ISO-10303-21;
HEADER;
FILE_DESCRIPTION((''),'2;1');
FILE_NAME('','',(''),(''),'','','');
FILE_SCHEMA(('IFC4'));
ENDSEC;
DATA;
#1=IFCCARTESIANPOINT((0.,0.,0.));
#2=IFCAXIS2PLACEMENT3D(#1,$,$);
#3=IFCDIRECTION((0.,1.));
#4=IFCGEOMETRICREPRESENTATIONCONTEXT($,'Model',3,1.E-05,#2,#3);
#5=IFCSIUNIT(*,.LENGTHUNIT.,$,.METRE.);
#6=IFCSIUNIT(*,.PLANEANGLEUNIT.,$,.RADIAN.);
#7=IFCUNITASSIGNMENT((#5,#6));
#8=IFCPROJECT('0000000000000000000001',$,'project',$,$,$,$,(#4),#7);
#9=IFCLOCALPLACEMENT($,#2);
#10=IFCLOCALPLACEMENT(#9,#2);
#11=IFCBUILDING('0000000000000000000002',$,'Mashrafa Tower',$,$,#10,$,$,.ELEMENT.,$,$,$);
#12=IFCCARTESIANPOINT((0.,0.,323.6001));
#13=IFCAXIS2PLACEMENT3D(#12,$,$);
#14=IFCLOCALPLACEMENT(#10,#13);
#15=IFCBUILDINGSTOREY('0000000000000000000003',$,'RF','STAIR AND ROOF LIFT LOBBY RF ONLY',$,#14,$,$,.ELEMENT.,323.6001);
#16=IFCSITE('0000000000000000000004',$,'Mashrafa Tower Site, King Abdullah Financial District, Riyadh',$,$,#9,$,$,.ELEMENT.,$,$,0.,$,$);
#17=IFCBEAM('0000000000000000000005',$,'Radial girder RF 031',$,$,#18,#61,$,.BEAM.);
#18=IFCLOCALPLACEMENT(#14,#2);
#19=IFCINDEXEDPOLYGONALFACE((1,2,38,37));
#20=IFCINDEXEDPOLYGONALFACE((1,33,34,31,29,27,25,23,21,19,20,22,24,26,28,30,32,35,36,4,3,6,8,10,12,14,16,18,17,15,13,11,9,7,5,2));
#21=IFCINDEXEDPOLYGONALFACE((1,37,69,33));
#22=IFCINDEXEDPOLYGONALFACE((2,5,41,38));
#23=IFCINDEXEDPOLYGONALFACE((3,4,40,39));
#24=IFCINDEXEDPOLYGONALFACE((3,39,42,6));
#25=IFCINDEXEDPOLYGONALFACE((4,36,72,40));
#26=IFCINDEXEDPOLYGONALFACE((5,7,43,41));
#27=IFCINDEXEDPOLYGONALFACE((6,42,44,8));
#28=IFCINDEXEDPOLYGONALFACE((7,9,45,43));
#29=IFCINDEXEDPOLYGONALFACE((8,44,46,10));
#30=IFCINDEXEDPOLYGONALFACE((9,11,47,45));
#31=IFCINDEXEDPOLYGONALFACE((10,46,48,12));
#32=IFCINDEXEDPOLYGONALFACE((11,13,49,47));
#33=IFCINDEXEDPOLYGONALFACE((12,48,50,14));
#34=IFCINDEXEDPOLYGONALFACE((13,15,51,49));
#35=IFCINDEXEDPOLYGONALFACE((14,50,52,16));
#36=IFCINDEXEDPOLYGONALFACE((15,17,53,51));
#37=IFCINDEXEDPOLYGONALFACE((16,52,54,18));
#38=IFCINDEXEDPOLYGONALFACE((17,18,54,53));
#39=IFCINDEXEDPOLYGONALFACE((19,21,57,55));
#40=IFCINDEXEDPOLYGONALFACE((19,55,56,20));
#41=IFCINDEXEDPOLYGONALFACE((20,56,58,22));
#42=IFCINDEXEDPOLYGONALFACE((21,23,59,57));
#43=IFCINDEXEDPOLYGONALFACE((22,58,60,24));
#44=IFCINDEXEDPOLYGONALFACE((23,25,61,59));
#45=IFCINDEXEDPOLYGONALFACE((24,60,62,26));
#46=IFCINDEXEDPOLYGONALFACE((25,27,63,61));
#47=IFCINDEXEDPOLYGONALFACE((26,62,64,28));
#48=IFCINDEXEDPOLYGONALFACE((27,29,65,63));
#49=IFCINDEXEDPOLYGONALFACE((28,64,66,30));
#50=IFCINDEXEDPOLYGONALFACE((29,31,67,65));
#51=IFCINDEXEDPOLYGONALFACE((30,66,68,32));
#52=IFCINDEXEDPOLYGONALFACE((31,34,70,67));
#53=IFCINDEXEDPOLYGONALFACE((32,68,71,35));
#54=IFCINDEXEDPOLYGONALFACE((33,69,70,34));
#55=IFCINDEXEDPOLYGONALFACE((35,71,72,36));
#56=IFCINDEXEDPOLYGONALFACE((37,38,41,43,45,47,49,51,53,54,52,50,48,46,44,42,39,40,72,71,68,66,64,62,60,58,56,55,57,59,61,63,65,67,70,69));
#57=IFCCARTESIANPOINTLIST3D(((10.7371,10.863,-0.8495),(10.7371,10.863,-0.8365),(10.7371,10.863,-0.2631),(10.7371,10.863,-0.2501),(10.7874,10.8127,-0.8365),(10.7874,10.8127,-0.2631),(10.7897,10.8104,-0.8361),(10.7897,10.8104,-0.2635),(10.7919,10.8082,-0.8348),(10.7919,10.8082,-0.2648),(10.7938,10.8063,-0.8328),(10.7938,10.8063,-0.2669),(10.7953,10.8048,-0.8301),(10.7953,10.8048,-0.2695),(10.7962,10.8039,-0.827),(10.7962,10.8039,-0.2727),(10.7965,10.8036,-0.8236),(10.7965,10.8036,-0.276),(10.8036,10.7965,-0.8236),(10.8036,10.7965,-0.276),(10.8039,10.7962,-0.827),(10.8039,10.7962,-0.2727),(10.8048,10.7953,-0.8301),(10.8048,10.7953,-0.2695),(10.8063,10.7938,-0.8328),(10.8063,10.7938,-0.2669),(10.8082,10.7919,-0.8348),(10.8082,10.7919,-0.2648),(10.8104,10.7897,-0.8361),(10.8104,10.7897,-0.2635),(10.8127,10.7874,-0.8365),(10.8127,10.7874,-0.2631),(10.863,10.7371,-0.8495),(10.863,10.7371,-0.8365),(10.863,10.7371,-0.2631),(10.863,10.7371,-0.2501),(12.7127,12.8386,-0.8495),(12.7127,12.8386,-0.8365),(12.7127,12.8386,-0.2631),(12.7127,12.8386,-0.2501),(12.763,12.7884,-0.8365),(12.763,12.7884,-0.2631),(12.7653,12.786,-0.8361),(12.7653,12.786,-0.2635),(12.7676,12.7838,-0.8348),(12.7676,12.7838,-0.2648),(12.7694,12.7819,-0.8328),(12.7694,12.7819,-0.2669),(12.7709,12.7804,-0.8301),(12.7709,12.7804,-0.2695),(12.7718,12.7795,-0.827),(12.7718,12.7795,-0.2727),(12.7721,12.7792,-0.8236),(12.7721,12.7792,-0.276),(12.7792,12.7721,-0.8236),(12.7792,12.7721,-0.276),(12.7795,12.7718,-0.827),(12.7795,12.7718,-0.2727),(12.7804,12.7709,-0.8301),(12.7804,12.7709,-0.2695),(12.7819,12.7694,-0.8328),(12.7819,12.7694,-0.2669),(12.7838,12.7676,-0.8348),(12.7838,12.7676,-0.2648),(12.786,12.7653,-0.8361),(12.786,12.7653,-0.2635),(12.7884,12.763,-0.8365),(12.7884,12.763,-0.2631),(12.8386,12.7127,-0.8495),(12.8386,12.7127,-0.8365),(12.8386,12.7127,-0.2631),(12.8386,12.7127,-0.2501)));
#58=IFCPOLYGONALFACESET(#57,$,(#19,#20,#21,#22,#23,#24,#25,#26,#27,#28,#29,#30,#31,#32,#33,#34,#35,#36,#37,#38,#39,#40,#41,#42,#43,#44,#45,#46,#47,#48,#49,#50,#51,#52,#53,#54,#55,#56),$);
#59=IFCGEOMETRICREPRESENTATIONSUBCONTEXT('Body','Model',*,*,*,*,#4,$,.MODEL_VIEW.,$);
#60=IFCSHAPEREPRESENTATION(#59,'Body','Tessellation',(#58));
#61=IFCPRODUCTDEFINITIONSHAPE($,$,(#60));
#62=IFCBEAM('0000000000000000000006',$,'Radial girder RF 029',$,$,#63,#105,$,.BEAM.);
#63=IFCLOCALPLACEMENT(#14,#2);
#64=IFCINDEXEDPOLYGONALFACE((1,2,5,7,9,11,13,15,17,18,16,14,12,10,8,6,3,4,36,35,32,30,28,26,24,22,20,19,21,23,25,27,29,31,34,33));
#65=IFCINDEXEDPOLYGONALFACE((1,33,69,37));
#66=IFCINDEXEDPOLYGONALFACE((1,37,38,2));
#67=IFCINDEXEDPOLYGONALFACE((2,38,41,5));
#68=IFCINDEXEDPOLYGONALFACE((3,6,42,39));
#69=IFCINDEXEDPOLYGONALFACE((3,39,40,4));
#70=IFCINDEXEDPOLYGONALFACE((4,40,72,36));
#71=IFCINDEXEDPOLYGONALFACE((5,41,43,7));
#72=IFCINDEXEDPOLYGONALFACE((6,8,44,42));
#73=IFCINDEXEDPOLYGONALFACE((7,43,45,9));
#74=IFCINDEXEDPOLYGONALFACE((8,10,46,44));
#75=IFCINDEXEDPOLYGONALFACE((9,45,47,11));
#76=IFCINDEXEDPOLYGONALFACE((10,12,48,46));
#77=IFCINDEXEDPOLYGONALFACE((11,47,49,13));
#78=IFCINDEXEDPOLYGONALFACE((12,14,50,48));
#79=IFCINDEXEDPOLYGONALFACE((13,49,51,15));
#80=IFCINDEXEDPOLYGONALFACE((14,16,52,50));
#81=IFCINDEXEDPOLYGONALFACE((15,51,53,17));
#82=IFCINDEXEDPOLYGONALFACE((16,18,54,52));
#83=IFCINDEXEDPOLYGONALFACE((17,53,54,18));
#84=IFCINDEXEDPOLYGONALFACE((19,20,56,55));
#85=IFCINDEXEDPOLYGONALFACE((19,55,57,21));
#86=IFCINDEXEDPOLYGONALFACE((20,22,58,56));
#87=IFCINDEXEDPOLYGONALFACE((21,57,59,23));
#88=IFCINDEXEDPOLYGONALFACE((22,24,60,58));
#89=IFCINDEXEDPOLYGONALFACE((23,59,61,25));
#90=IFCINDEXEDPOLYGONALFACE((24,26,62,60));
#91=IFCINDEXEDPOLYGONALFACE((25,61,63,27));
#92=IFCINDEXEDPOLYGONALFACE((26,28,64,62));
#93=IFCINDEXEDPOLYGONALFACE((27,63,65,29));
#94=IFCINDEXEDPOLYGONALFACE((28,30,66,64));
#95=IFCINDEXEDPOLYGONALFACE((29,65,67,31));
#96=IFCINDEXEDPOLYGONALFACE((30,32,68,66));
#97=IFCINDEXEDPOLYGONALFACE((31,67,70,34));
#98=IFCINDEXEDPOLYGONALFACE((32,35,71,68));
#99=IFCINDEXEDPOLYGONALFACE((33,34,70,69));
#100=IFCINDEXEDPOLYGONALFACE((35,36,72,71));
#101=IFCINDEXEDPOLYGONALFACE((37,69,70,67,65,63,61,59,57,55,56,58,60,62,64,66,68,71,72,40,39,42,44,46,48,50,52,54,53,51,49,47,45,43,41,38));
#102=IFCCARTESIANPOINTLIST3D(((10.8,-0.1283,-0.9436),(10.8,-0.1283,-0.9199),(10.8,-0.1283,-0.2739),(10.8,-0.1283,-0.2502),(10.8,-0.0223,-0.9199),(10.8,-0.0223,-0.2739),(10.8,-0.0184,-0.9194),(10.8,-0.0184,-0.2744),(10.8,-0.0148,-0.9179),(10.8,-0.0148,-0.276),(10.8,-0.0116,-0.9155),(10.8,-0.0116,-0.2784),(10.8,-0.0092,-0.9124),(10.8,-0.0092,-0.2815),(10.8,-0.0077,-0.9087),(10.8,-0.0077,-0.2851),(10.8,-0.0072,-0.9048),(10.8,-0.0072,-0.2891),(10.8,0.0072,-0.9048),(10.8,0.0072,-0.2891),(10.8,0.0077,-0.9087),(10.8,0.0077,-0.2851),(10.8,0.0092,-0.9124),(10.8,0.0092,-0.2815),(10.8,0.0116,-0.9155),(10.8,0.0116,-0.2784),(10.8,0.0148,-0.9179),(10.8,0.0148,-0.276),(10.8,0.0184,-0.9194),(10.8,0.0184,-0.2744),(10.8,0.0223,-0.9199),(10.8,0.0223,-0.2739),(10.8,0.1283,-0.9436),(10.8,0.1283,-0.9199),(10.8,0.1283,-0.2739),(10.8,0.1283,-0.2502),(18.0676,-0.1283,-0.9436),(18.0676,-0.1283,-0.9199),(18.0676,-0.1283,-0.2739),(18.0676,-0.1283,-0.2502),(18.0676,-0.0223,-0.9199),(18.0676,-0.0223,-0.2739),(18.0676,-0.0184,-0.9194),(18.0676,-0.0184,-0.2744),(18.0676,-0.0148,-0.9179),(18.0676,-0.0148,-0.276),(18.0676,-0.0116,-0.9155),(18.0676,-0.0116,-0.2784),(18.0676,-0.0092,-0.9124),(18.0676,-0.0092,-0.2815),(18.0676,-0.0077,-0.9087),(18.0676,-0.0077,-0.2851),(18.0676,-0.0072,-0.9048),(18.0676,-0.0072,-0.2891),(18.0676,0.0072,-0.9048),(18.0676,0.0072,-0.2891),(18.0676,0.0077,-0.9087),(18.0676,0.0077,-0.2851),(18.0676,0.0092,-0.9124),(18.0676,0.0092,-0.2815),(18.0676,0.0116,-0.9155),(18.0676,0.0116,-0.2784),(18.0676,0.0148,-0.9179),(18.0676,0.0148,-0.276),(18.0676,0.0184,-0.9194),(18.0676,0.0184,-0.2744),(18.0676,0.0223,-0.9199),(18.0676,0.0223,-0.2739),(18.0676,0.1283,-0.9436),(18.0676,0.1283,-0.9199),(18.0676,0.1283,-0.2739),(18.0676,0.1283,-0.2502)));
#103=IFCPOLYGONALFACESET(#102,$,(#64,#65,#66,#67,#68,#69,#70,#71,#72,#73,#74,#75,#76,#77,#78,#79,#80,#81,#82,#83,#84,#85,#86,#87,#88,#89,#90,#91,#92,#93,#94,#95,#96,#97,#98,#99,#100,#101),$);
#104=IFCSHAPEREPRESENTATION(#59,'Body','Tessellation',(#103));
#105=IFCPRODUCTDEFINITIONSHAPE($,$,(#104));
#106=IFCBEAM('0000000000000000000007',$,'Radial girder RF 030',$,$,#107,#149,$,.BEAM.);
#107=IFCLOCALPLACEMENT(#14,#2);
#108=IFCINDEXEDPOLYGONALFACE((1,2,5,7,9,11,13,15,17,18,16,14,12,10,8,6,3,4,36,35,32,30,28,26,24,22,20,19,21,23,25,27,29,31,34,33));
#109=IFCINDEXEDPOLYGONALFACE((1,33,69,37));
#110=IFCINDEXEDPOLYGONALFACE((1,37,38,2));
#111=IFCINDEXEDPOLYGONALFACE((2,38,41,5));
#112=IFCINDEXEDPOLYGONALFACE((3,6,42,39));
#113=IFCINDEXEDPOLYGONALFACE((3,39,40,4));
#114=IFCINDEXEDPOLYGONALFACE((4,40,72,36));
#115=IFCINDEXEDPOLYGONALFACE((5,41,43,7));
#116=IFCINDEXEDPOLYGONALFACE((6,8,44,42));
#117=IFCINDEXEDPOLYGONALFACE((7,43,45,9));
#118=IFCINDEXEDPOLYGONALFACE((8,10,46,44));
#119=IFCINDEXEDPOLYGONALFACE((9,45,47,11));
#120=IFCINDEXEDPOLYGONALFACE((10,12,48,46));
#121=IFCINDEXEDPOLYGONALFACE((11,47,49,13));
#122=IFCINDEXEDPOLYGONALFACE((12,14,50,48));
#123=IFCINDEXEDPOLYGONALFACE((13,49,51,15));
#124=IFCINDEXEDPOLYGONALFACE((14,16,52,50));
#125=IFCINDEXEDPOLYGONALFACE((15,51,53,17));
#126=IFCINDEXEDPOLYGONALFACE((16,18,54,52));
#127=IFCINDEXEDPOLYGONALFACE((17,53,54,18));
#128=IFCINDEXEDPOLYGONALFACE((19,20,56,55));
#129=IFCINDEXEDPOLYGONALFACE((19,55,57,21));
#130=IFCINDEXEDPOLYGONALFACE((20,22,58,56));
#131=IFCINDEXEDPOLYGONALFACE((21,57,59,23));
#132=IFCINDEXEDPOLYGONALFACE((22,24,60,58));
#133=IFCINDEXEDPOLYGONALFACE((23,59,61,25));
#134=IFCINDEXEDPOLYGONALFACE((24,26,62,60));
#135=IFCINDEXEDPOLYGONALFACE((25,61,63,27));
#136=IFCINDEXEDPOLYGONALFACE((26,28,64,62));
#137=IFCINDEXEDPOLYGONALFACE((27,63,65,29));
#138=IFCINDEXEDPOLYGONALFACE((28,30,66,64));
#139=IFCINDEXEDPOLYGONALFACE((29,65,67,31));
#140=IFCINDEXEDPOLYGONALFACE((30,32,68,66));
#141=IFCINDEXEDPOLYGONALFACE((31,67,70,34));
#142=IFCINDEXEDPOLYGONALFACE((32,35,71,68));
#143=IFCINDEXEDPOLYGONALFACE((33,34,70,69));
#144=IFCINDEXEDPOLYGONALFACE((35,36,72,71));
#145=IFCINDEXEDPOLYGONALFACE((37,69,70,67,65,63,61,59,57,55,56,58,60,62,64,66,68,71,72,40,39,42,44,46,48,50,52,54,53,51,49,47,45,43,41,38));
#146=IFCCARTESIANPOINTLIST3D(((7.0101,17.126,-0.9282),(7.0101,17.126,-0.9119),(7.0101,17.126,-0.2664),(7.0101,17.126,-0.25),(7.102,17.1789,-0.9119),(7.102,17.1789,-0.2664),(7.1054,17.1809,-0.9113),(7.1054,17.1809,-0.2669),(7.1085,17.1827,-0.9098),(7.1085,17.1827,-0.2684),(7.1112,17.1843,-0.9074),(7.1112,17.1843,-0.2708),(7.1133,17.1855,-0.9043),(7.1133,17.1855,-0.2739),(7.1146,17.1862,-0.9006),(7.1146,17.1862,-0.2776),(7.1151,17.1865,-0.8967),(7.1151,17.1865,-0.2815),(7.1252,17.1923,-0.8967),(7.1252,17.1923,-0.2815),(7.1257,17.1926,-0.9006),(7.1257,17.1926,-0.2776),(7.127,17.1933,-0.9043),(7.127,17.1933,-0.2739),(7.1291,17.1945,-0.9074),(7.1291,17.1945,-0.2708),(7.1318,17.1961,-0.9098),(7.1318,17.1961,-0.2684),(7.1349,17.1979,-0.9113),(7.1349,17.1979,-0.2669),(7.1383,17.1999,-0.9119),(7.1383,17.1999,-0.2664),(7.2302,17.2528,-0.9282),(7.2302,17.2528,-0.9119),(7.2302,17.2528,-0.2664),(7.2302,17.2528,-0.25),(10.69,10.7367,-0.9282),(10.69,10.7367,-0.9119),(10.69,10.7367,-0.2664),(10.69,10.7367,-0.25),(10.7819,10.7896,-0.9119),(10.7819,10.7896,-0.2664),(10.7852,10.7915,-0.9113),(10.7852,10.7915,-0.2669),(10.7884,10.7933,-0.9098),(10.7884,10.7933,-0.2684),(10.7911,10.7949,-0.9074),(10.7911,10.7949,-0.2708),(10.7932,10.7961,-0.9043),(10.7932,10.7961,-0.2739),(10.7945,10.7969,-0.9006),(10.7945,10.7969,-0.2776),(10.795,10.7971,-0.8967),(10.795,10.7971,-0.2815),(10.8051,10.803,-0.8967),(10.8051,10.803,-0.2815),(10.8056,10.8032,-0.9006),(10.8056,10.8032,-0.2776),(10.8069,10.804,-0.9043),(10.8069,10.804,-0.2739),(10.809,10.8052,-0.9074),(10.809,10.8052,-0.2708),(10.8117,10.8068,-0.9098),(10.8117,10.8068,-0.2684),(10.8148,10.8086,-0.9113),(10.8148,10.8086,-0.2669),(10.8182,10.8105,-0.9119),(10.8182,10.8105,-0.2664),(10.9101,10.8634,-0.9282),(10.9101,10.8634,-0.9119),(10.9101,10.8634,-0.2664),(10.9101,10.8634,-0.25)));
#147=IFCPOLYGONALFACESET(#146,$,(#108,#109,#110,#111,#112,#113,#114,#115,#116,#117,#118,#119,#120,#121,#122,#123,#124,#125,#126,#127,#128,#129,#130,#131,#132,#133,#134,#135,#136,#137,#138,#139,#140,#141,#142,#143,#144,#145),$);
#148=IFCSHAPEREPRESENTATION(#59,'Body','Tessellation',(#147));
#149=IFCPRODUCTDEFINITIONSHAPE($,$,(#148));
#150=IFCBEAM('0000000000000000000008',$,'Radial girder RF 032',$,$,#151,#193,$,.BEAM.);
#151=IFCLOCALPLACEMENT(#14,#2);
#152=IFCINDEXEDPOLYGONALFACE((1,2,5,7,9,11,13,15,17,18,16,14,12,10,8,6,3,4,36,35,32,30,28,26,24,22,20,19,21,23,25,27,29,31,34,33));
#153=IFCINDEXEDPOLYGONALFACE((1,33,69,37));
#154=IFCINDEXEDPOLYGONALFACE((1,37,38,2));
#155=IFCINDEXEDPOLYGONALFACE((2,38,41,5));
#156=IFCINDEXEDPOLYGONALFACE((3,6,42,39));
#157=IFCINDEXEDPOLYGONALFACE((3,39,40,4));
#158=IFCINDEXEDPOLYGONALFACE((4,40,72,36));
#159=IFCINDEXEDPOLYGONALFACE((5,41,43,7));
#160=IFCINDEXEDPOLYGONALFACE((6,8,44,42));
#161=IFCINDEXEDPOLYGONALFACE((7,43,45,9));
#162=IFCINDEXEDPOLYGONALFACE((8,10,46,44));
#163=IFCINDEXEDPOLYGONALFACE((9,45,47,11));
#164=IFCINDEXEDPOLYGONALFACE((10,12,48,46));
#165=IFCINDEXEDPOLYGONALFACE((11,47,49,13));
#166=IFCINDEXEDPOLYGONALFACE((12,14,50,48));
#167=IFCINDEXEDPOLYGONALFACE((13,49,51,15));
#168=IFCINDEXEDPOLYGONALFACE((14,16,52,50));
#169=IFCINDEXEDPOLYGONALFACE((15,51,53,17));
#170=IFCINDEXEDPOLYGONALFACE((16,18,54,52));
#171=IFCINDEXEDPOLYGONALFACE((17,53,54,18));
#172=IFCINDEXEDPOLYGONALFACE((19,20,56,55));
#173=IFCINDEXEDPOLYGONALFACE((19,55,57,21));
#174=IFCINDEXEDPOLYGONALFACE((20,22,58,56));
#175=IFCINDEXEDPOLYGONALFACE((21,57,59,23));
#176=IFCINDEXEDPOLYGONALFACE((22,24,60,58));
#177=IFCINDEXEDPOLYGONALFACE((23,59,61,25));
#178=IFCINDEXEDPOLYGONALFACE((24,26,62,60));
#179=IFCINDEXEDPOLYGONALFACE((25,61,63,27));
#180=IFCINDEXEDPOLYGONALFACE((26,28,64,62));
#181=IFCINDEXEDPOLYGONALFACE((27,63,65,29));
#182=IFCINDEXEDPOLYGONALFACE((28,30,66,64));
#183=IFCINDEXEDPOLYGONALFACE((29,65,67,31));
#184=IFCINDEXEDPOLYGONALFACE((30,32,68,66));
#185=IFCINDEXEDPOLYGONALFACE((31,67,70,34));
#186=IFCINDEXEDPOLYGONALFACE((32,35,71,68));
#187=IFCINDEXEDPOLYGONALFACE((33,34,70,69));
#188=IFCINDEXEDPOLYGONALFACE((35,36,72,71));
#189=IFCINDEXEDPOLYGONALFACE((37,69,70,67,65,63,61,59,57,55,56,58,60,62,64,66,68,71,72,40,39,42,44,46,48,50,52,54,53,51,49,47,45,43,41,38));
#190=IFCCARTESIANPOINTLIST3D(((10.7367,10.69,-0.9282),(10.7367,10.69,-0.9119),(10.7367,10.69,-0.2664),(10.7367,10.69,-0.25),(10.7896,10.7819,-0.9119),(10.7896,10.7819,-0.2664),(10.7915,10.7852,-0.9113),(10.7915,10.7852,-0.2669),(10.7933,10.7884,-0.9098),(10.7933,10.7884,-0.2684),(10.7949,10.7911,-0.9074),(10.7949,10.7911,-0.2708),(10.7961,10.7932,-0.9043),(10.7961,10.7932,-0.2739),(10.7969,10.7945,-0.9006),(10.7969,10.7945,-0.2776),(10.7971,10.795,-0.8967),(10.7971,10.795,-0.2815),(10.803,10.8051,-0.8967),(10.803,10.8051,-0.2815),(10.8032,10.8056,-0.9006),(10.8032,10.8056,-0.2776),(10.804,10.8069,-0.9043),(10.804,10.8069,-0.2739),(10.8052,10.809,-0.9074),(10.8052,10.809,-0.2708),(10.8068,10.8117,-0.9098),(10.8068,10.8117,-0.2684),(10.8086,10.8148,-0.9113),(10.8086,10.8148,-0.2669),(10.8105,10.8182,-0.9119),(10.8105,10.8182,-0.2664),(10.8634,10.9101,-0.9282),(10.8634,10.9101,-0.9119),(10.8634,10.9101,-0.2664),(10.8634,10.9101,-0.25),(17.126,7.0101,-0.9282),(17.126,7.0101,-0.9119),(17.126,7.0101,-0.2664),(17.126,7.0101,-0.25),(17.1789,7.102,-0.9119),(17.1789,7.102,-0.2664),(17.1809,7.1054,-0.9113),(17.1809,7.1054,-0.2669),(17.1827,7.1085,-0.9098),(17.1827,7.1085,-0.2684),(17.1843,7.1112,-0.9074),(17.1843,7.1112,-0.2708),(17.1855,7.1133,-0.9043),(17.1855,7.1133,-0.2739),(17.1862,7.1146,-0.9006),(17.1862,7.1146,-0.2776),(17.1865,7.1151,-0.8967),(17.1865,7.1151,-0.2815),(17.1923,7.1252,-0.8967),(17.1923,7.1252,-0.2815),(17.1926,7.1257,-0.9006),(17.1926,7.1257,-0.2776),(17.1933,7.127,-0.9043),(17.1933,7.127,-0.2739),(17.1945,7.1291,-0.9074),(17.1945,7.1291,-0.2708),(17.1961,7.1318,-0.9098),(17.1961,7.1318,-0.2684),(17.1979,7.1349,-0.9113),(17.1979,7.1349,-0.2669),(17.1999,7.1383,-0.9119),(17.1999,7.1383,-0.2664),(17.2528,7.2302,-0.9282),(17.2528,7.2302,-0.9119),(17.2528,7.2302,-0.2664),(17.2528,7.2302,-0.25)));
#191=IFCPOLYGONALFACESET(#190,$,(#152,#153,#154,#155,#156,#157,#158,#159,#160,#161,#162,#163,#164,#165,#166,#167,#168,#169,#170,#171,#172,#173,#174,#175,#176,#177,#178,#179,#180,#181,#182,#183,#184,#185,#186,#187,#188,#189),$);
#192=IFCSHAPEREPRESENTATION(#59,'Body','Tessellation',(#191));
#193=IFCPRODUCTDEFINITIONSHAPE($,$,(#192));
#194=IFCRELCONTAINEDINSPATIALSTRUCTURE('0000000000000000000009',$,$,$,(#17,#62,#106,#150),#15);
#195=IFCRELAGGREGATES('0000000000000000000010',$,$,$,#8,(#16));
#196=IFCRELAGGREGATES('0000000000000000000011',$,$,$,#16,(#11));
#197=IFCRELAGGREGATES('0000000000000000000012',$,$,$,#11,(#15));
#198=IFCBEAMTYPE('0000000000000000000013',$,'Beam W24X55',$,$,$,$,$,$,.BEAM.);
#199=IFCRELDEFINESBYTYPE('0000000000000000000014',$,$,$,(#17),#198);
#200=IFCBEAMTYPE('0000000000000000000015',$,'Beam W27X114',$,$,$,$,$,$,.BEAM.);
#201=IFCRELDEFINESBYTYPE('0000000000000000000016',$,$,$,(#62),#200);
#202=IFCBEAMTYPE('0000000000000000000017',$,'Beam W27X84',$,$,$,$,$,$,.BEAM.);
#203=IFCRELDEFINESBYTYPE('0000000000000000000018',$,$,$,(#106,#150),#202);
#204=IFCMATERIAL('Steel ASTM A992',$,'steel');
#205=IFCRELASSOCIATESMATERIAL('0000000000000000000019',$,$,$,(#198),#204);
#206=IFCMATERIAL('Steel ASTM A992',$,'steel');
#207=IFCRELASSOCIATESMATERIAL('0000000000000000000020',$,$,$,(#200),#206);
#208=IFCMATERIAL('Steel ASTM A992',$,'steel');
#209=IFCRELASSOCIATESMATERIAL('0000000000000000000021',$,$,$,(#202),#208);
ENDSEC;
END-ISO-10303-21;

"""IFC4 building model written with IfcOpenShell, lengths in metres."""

from ifc_helpers import new_model, si_unit, direction, frame, origin, origin_2d, place, context, subcontext, project, spatial, i_section, extrude, material, material_profile, profile_set, type_object, element, save


model = new_model("IFC4")

# Units and contexts
model_context = context("Model", 3, precision=1e-05, world=origin(), true_north=direction((0.0, 1.0)))
body_context = subcontext(model_context, "Body", "Model", "MODEL_VIEW")
ifc_project = project(units=[si_unit("LENGTHUNIT", "METRE"), si_unit("PLANEANGLEUNIT", "RADIAN")], contexts=[model_context])

# Site, building, storey
site_placement = place(None, origin())
site = spatial("IfcSite", under=ifc_project, at=site_placement, Name="Mashrafa Tower Site, King Abdullah Financial District, Riyadh", CompositionType="ELEMENT", RefElevation=0.0)
building_placement = place(site_placement, origin())
building = spatial("IfcBuilding", under=site, at=building_placement, Name="Mashrafa Tower", CompositionType="ELEMENT")
storey_placement = place(building_placement, frame((0.0, 0.0, 323.6001)))
storey = spatial("IfcBuildingStorey", under=building, at=storey_placement, Name="RF", Description="STAIR AND ROOF LIFT LOBBY RF ONLY", CompositionType="ELEMENT", Elevation=323.6001)

# Beams
ifc_material_1 = material(Name="Steel ASTM A992", Category="steel")
ifc_material_profile_1 = material_profile(ifc_material_1, i_section(OverallWidth=0.178, OverallDepth=0.5994, WebThickness=0.01, FlangeThickness=0.0129, FilletRadius=0.0129, at=origin_2d()), Name="W24X55")
ifc_profile_set_1 = profile_set([ifc_material_profile_1], Name="Steel ASTM A992")
beam_type_1 = type_object("IfcBeamType", Name="Beam W24X55", PredefinedType="BEAM", material=ifc_profile_set_1)
beam_1_placement = place(storey_placement, frame((10.8, 10.8, -0.5498), z_axis=(0.707107, 0.707107, 0.0), x_axis=(-0.707107, 0.707107, 0.0)))
element("IfcBeam", 1, at=beam_1_placement, inside=storey, type_object=beam_type_1, Name="Radial girder RF 031", PredefinedType="BEAM", context=body_context, shape_type="SweptSolid", body=[
    extrude(i_section(OverallWidth=0.178, OverallDepth=0.5994, WebThickness=0.01, FlangeThickness=0.0129, FilletRadius=0.0129, at=origin_2d()), origin(), (0.0, 0.0, 1.0), 2.7939),
])
ifc_material_2 = material(Name="Steel ASTM A992", Category="steel")
ifc_material_profile_2 = material_profile(ifc_material_2, i_section(OverallWidth=0.2566, OverallDepth=0.6934, WebThickness=0.0144, FlangeThickness=0.0237, FilletRadius=0.0151, at=origin_2d()), Name="W27X114")
ifc_profile_set_2 = profile_set([ifc_material_profile_2], Name="Steel ASTM A992")
beam_type_2 = type_object("IfcBeamType", Name="Beam W27X114", PredefinedType="BEAM", material=ifc_profile_set_2)
beam_2_placement = place(storey_placement, frame((10.8, 0.0, -0.5969), z_axis=(1.0, 0.0, 0.0), x_axis=(0.0, 1.0, 0.0)))
element("IfcBeam", 2, at=beam_2_placement, inside=storey, type_object=beam_type_2, Name="Radial girder RF 029", PredefinedType="BEAM", context=body_context, shape_type="SweptSolid", body=[
    extrude(i_section(OverallWidth=0.2566, OverallDepth=0.6934, WebThickness=0.0144, FlangeThickness=0.0237, FilletRadius=0.0151, at=origin_2d()), origin(), (0.0, 0.0, 1.0), 7.2676),
])
ifc_material_3 = material(Name="Steel ASTM A992", Category="steel")
ifc_material_profile_3 = material_profile(ifc_material_3, i_section(OverallWidth=0.2539, OverallDepth=0.6782, WebThickness=0.0117, FlangeThickness=0.0164, FilletRadius=0.0151, at=origin_2d()), Name="W27X84")
ifc_profile_set_3 = profile_set([ifc_material_profile_3], Name="Steel ASTM A992")
beam_type_3 = type_object("IfcBeamType", Name="Beam W27X84", PredefinedType="BEAM", material=ifc_profile_set_3)
for number, where, z_axis, x_axis, name in (
    (3, (10.8, 10.8, -0.5891), (-0.499085, 0.866553, 0.0), (-0.866553, -0.499085, 0.0), "Radial girder RF 030"),
    (4, (10.8, 10.8, -0.5891), (0.866553, -0.499085, 0.0), (0.499085, 0.866553, 0.0), "Radial girder RF 032"),
):
    element("IfcBeam", number, at=place(storey_placement, frame(where, z_axis=z_axis, x_axis=x_axis)), inside=storey, type_object=beam_type_3, Name=name, PredefinedType="BEAM", context=body_context, shape_type="SweptSolid", body=[
        extrude(i_section(OverallWidth=0.2539, OverallDepth=0.6782, WebThickness=0.0117, FlangeThickness=0.0164, FilletRadius=0.0151, at=origin_2d()), origin(), (0.0, 0.0, 1.0), 7.3733),
    ])

save(model, "model.ifc")
